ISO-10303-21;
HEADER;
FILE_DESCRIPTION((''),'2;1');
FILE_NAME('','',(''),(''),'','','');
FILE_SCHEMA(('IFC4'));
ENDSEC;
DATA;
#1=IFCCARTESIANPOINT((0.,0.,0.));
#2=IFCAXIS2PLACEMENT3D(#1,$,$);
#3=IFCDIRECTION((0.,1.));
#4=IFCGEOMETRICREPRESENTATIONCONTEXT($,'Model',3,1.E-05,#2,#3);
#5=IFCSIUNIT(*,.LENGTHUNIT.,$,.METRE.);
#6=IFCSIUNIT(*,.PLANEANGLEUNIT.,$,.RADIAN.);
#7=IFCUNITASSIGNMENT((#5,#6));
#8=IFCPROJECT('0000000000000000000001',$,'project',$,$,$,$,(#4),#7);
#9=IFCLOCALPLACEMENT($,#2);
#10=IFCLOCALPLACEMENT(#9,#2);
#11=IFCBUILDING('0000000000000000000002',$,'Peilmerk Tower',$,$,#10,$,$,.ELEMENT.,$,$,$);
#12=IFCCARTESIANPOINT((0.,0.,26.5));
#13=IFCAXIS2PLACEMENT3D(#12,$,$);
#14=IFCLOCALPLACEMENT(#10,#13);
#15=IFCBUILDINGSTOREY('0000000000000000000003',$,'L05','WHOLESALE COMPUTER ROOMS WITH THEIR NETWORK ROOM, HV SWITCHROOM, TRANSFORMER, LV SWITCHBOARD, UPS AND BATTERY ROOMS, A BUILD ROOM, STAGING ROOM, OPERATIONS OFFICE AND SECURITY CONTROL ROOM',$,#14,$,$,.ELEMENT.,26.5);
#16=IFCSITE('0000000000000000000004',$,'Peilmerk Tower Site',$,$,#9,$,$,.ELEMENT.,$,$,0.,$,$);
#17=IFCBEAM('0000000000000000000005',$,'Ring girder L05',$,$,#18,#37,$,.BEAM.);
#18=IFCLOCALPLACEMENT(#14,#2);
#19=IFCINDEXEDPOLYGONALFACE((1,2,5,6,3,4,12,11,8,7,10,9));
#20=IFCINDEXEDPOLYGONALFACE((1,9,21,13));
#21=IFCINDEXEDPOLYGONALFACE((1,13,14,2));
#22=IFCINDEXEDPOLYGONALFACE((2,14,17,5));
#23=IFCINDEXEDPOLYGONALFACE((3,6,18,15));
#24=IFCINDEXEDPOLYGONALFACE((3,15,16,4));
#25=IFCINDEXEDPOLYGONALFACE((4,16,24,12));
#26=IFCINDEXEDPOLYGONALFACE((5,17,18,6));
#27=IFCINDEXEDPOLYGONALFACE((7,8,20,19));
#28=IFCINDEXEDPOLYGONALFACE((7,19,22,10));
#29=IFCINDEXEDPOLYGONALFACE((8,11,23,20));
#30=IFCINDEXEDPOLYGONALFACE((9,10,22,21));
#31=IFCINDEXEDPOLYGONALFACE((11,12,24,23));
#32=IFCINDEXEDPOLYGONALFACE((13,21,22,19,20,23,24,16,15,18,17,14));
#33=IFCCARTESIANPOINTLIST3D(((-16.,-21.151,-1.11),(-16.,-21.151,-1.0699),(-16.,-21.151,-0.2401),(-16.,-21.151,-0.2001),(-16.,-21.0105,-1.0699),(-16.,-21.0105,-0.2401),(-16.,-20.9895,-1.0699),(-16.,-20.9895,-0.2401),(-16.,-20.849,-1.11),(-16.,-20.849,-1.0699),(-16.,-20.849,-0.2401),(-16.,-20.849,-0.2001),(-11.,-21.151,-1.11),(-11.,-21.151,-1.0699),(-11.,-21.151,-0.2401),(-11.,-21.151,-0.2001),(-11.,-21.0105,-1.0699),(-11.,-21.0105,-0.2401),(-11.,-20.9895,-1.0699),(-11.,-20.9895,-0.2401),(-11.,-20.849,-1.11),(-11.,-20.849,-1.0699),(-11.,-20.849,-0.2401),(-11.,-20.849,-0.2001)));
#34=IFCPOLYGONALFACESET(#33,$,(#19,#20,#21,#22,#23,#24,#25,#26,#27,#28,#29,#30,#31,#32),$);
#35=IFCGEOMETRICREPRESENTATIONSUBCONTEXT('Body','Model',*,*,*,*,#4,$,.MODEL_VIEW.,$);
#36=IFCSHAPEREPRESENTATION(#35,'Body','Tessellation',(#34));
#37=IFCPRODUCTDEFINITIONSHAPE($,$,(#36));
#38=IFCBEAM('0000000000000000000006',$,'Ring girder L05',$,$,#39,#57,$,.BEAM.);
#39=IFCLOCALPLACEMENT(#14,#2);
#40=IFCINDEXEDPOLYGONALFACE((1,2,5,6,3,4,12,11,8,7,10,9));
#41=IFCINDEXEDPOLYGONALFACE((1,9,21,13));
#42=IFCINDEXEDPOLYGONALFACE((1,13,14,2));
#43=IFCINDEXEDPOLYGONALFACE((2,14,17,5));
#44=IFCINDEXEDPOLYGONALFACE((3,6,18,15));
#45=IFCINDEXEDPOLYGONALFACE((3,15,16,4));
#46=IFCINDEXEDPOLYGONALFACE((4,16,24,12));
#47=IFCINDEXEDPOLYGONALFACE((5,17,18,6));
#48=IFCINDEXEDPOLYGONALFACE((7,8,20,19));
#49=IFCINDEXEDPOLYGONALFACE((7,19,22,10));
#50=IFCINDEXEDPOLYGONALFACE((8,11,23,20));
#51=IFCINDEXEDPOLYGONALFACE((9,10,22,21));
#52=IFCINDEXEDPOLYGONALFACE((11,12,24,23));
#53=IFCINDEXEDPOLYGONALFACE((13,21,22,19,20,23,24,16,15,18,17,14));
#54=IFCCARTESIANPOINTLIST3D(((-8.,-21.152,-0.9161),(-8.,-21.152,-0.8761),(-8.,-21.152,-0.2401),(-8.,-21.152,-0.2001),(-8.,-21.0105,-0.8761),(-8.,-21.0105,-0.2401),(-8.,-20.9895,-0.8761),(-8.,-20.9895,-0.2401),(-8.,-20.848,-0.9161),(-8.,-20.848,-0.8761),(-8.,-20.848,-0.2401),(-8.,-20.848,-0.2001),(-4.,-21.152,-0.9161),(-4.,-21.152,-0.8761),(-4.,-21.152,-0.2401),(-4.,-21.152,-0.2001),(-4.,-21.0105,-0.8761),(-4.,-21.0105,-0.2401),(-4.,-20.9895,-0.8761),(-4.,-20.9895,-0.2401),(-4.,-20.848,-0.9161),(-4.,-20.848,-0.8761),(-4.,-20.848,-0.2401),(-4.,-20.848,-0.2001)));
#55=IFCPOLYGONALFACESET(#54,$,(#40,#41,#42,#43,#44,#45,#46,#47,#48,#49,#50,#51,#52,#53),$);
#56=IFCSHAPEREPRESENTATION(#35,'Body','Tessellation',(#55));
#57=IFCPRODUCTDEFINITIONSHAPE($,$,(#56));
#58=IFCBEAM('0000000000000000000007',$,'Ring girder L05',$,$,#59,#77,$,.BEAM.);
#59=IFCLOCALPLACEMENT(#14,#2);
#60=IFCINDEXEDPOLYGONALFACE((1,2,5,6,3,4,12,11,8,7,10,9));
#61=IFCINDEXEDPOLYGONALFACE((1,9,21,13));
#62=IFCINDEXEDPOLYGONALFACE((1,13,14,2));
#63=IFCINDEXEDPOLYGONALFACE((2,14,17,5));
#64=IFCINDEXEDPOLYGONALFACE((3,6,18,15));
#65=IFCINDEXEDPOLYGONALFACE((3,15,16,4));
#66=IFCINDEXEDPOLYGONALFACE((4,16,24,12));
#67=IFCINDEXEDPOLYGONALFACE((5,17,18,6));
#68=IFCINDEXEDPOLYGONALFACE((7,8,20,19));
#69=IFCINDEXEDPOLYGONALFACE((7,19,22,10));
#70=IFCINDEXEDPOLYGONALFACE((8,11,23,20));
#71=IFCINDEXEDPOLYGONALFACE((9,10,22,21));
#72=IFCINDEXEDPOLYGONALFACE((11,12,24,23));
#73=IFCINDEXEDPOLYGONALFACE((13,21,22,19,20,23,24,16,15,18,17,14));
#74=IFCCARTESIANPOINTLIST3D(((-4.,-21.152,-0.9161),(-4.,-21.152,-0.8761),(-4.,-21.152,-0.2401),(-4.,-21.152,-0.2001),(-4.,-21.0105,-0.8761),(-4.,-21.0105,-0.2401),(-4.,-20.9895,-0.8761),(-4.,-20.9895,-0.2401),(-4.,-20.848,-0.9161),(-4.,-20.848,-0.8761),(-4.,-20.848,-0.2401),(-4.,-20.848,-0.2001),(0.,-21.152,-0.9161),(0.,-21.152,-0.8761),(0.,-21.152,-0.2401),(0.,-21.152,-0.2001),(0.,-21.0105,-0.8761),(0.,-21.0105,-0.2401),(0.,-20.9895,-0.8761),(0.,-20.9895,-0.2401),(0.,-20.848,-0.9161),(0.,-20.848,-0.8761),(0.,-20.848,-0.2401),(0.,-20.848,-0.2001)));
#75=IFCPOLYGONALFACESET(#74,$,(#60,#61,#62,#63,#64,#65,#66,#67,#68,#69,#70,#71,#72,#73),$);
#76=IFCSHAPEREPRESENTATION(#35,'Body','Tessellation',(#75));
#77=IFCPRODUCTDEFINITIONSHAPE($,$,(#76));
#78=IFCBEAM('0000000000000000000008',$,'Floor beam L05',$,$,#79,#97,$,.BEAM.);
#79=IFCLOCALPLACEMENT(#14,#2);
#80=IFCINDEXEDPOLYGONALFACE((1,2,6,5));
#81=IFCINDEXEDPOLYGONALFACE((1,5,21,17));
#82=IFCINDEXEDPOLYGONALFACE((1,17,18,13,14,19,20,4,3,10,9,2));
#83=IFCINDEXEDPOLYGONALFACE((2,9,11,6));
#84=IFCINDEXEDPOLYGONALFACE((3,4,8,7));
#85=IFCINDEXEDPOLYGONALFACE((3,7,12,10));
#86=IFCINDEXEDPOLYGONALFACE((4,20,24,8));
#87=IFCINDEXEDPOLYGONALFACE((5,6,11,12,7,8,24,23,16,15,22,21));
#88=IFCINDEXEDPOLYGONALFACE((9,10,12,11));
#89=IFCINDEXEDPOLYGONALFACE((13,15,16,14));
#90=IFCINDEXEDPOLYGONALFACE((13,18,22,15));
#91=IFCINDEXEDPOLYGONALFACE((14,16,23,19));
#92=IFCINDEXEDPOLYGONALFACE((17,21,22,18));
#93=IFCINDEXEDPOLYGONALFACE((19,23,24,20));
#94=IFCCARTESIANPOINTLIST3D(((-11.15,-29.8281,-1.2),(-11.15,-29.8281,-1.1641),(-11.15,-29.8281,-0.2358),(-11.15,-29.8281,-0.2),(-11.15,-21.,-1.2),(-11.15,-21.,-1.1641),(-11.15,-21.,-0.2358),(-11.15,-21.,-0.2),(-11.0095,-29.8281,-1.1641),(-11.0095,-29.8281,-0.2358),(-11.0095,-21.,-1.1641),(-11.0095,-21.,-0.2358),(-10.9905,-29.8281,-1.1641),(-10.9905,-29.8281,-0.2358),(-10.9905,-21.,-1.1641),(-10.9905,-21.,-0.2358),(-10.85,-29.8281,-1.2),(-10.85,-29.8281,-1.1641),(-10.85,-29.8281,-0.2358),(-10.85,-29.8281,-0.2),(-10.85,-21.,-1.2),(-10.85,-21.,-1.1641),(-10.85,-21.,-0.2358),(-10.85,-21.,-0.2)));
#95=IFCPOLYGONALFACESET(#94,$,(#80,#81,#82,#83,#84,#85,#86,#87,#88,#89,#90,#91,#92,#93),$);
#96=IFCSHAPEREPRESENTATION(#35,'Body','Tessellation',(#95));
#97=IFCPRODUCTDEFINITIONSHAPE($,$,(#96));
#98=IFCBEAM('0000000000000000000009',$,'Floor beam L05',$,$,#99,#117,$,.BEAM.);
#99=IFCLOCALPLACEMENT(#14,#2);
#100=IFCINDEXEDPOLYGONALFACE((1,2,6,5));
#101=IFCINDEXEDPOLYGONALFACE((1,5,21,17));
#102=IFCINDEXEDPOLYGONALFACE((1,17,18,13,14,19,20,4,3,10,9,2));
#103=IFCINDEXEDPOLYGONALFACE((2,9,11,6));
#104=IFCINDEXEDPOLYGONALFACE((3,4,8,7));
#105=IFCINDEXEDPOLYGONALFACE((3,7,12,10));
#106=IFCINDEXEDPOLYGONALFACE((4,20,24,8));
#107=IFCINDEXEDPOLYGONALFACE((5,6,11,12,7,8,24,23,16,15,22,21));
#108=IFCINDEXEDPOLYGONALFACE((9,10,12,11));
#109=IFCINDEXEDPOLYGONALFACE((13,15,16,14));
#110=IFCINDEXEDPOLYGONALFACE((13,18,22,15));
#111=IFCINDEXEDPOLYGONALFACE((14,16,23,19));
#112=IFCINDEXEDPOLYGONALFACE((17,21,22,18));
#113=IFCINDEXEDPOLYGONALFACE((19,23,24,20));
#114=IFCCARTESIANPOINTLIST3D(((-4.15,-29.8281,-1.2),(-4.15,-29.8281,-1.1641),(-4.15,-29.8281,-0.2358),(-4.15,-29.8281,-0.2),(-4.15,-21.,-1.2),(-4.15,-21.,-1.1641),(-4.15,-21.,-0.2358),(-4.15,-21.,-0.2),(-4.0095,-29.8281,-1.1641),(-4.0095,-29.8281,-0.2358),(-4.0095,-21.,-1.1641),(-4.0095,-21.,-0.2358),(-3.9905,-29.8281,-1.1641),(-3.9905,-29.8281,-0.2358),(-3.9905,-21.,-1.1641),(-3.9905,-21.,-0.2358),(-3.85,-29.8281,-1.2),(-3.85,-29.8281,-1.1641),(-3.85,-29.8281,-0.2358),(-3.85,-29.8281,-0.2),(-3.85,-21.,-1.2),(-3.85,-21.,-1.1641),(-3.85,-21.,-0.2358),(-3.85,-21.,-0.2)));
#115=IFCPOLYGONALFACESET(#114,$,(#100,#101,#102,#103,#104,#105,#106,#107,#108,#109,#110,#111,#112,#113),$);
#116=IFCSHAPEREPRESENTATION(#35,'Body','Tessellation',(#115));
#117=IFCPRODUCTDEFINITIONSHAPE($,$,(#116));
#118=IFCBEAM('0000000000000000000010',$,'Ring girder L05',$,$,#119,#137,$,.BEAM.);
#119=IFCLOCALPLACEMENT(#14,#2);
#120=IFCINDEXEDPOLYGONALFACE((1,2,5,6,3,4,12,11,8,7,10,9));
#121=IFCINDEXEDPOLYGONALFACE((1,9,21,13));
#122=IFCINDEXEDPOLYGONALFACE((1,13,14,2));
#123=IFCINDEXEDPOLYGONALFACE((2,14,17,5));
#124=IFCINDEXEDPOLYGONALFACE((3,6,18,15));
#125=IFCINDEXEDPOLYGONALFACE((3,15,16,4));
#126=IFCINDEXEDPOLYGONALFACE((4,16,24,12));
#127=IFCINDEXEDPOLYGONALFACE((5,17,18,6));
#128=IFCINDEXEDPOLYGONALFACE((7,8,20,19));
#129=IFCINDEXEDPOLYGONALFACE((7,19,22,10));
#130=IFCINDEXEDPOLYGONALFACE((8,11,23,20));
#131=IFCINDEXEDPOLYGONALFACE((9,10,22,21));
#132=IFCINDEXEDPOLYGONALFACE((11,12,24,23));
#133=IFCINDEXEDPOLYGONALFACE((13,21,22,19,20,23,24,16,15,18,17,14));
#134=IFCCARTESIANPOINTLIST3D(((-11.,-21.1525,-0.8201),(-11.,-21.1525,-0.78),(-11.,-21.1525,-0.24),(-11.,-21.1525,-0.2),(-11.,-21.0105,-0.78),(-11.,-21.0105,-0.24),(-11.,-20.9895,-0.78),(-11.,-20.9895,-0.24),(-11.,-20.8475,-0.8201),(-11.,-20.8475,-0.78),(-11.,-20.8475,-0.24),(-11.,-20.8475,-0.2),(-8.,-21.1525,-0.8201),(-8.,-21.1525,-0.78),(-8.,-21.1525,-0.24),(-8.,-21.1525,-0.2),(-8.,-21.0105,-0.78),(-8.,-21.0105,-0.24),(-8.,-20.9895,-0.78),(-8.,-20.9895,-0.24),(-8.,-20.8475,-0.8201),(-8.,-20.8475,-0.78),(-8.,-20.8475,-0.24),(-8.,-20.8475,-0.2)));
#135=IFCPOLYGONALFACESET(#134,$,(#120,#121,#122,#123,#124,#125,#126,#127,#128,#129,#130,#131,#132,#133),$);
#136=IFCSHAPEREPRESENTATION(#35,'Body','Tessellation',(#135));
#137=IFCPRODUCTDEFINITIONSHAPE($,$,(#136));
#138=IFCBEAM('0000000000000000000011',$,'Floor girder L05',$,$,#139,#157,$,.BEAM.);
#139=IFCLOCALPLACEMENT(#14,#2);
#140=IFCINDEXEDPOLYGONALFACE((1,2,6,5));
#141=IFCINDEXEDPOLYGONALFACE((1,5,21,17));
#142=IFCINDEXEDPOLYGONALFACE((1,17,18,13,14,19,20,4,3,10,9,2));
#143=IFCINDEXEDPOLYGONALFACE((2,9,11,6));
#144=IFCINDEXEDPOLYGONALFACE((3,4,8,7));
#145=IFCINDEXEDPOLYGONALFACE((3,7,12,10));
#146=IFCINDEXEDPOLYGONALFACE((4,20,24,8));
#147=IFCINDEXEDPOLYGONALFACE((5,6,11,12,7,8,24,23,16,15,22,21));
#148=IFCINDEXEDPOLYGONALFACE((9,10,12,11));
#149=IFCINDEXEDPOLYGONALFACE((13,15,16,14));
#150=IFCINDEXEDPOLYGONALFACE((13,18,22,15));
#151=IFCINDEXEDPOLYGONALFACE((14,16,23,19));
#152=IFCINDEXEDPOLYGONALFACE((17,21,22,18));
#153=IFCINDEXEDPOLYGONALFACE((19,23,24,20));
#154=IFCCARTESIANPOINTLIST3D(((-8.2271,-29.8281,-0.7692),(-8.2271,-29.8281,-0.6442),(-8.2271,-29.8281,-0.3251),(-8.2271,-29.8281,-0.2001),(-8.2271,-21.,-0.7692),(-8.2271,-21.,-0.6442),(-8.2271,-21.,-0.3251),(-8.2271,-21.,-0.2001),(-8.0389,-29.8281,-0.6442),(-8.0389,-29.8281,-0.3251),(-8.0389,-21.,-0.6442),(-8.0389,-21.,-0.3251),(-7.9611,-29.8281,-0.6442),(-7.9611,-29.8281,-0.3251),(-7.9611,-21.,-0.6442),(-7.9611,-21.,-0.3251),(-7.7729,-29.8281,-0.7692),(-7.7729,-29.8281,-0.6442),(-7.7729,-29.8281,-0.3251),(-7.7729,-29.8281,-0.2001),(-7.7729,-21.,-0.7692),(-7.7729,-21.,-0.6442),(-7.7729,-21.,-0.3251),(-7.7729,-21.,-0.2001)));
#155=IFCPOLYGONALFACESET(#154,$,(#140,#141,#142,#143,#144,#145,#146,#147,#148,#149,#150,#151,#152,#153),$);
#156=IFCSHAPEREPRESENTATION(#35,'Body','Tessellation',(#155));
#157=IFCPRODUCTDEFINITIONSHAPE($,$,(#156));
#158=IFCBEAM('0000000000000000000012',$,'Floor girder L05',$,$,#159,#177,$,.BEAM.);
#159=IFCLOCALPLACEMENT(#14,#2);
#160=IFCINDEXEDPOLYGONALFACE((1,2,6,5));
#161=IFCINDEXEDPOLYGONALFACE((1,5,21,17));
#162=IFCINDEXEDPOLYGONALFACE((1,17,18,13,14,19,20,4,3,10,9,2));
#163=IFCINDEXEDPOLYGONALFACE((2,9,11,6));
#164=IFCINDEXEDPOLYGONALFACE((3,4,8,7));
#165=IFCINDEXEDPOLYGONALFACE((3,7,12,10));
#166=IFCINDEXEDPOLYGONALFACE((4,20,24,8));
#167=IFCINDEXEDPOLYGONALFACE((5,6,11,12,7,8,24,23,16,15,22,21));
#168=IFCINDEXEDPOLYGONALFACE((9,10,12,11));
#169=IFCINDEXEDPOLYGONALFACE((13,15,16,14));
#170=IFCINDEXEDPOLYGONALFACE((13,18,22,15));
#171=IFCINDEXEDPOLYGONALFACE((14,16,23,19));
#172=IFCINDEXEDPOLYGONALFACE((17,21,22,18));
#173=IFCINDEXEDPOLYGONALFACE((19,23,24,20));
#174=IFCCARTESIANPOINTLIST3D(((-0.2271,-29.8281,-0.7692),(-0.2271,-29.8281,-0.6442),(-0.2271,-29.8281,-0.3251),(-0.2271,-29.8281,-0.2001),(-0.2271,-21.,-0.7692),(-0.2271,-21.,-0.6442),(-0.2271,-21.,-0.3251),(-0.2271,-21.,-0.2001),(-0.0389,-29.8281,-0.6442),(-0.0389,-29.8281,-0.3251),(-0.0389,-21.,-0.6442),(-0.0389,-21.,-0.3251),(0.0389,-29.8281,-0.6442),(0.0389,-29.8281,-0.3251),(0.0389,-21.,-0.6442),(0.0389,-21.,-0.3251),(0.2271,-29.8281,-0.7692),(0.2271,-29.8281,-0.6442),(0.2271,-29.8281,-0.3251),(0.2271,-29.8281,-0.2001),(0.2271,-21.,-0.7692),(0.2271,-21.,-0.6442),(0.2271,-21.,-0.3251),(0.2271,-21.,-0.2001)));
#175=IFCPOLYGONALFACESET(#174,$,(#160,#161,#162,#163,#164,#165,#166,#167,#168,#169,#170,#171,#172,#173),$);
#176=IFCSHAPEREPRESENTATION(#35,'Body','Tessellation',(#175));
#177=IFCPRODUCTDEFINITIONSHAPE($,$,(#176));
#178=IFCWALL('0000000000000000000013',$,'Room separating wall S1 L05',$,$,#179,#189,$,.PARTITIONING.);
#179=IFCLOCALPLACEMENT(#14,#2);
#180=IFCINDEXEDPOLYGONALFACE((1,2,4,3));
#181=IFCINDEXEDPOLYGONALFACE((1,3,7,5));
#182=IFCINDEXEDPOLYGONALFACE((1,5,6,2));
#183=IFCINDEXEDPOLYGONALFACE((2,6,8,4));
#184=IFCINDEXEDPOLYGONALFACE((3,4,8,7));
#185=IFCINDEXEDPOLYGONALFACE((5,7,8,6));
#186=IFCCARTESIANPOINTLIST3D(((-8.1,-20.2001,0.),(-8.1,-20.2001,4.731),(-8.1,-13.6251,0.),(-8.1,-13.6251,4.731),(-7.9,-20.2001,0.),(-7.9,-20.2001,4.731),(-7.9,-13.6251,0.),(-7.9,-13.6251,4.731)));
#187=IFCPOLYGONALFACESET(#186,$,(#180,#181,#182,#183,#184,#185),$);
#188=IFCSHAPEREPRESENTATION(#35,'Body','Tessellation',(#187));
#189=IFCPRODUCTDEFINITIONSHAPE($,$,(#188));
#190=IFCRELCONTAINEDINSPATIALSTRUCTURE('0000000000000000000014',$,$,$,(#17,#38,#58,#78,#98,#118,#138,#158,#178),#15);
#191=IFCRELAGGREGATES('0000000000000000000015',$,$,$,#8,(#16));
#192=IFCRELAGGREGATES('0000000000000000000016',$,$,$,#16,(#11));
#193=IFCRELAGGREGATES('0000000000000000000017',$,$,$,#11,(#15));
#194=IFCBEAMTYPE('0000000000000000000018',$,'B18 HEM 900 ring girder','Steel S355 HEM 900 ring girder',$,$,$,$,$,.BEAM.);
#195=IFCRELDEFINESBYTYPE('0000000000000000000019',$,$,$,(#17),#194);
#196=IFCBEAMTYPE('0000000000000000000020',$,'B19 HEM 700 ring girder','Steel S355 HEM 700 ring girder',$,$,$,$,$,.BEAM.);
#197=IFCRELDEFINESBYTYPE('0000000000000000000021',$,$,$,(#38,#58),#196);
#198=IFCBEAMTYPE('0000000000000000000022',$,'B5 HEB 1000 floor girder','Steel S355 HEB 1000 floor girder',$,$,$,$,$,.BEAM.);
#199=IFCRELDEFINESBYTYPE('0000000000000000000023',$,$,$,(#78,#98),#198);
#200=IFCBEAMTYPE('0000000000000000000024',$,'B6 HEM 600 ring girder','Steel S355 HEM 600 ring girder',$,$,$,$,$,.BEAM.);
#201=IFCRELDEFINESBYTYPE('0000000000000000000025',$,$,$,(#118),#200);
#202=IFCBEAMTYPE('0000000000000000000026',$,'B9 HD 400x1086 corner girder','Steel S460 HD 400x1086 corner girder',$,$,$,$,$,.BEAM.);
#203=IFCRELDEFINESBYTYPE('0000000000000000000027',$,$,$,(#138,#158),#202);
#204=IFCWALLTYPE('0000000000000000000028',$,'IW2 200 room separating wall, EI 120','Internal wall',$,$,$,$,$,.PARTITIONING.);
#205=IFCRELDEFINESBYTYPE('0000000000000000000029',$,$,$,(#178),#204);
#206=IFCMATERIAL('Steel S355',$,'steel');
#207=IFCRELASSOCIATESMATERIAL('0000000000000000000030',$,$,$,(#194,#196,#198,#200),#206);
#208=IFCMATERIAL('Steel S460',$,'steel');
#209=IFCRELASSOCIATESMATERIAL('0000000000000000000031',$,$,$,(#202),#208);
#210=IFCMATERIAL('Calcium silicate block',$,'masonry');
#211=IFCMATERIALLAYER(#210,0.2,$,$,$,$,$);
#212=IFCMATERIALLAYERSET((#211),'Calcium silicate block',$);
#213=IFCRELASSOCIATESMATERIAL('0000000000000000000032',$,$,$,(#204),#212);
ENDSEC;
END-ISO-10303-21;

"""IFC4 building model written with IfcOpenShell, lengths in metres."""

from ifc_helpers import new_model, si_unit, direction, frame, frame_2d, origin, origin_2d, place, context, subcontext, project, spatial, rectangle, i_section, extrude, material, layer, layer_set, material_profile, profile_set, type_object, element, save


model = new_model("IFC4")

# Units and contexts
model_context = context("Model", 3, precision=1e-05, world=origin(), true_north=direction((0.0, 1.0)))
body_context = subcontext(model_context, "Body", "Model", "MODEL_VIEW")
ifc_project = project(units=[si_unit("LENGTHUNIT", "METRE"), si_unit("PLANEANGLEUNIT", "RADIAN")], contexts=[model_context])

# Site, building, storey
site_placement = place(None, origin())
site = spatial("IfcSite", under=ifc_project, at=site_placement, Name="Peilmerk Tower Site", CompositionType="ELEMENT", RefElevation=0.0)
building_placement = place(site_placement, origin())
building = spatial("IfcBuilding", under=site, at=building_placement, Name="Peilmerk Tower", CompositionType="ELEMENT")
storey_placement = place(building_placement, frame((0.0, 0.0, 26.5)))
storey = spatial("IfcBuildingStorey", under=building, at=storey_placement, Name="L05", Description="WHOLESALE COMPUTER ROOMS WITH THEIR NETWORK ROOM, HV SWITCHROOM, TRANSFORMER, LV SWITCHBOARD, UPS AND BATTERY ROOMS, A BUILD ROOM, STAGING ROOM, OPERATIONS OFFICE AND SECURITY CONTROL ROOM", CompositionType="ELEMENT", Elevation=26.5)

# Beams
ifc_material_1 = material(Name="Steel S355", Category="steel")
ifc_material_profile_1 = material_profile(ifc_material_1, i_section(OverallWidth=0.302, OverallDepth=0.9099, WebThickness=0.021, FlangeThickness=0.04, at=origin_2d()), Name="HEM 900")
ifc_profile_set_1 = profile_set([ifc_material_profile_1], Name="Steel S355")
beam_type_1 = type_object("IfcBeamType", Name="B18 HEM 900 ring girder", Description="Steel S355 HEM 900 ring girder", PredefinedType="BEAM", material=ifc_profile_set_1)
beam_1_placement = place(storey_placement, frame((-16.0, -21.0, -0.655), z_axis=(1.0, 0.0, 0.0), x_axis=(0.0, 1.0, 0.0)))
element("IfcBeam", 1, at=beam_1_placement, inside=storey, type_object=beam_type_1, Name="Ring girder L05", PredefinedType="BEAM", context=body_context, shape_type="SweptSolid", body=[
    extrude(i_section(OverallWidth=0.302, OverallDepth=0.9099, WebThickness=0.021, FlangeThickness=0.04, at=origin_2d()), origin(), (0.0, 0.0, 1.0), 5.0),
])
ifc_material_profile_2 = material_profile(ifc_material_1, i_section(OverallWidth=0.304, OverallDepth=0.7161, WebThickness=0.021, FlangeThickness=0.04, at=origin_2d()), Name="HEM 700")
ifc_profile_set_2 = profile_set([ifc_material_profile_2], Name="Steel S355")
beam_type_2 = type_object("IfcBeamType", Name="B19 HEM 700 ring girder", Description="Steel S355 HEM 700 ring girder", PredefinedType="BEAM", material=ifc_profile_set_2)
for number, where, z_axis, x_axis, name in (
    (2, (-8.0, -21.0, -0.5581), (1.0, 0.0, 0.0), (0.0, 1.0, 0.0), "Ring girder L05"),
    (3, (-4.0, -21.0, -0.5581), (1.0, 0.0, 0.0), (0.0, 1.0, 0.0), "Ring girder L05"),
):
    element("IfcBeam", number, at=place(storey_placement, frame(where, z_axis=z_axis, x_axis=x_axis)), inside=storey, type_object=beam_type_2, Name=name, PredefinedType="BEAM", context=body_context, shape_type="SweptSolid", body=[
        extrude(i_section(OverallWidth=0.304, OverallDepth=0.7161, WebThickness=0.021, FlangeThickness=0.04, at=origin_2d()), origin(), (0.0, 0.0, 1.0), 4.0),
    ])
ifc_material_profile_3 = material_profile(ifc_material_1, i_section(OverallWidth=0.3, OverallDepth=1.0, WebThickness=0.019, FlangeThickness=0.0359, at=origin_2d()), Name="HEB 1000")
ifc_profile_set_3 = profile_set([ifc_material_profile_3], Name="Steel S355")
beam_type_3 = type_object("IfcBeamType", Name="B5 HEB 1000 floor girder", Description="Steel S355 HEB 1000 floor girder", PredefinedType="BEAM", material=ifc_profile_set_3)
for number, where, z_axis, x_axis, name in (
    (4, (-11.0, -21.0, -0.7), (0.0, -1.0, 0.0), (1.0, 0.0, 0.0), "Floor beam L05"),
    (5, (-4.0, -21.0, -0.7), (0.0, -1.0, 0.0), (1.0, 0.0, 0.0), "Floor beam L05"),
):
    element("IfcBeam", number, at=place(storey_placement, frame(where, z_axis=z_axis, x_axis=x_axis)), inside=storey, type_object=beam_type_3, Name=name, PredefinedType="BEAM", context=body_context, shape_type="SweptSolid", body=[
        extrude(i_section(OverallWidth=0.3, OverallDepth=1.0, WebThickness=0.019, FlangeThickness=0.0359, at=origin_2d()), origin(), (0.0, 0.0, 1.0), 8.8281),
    ])
ifc_material_profile_4 = material_profile(ifc_material_1, i_section(OverallWidth=0.3049, OverallDepth=0.6201, WebThickness=0.021, FlangeThickness=0.04, at=origin_2d()), Name="HEM 600")
ifc_profile_set_4 = profile_set([ifc_material_profile_4], Name="Steel S355")
beam_type_4 = type_object("IfcBeamType", Name="B6 HEM 600 ring girder", Description="Steel S355 HEM 600 ring girder", PredefinedType="BEAM", material=ifc_profile_set_4)
beam_2_placement = place(storey_placement, frame((-11.0, -21.0, -0.51), z_axis=(1.0, 0.0, 0.0), x_axis=(0.0, 1.0, 0.0)))
element("IfcBeam", 6, at=beam_2_placement, inside=storey, type_object=beam_type_4, Name="Ring girder L05", PredefinedType="BEAM", context=body_context, shape_type="SweptSolid", body=[
    extrude(i_section(OverallWidth=0.3049, OverallDepth=0.6201, WebThickness=0.021, FlangeThickness=0.04, at=origin_2d()), origin(), (0.0, 0.0, 1.0), 3.0),
])
ifc_material_2 = material(Name="Steel S460", Category="steel")
ifc_material_profile_5 = material_profile(ifc_material_2, i_section(OverallWidth=0.4541, OverallDepth=0.5691, WebThickness=0.0779, FlangeThickness=0.125, at=origin_2d()), Name="HD 400x1086")
ifc_profile_set_5 = profile_set([ifc_material_profile_5], Name="Steel S460")
beam_type_5 = type_object("IfcBeamType", Name="B9 HD 400x1086 corner girder", Description="Steel S460 HD 400x1086 corner girder", PredefinedType="BEAM", material=ifc_profile_set_5)
for number, where, z_axis, x_axis, name in (
    (7, (-8.0, -21.0, -0.4846), (0.0, -1.0, 0.0), (1.0, 0.0, 0.0), "Floor girder L05"),
    (8, (0.0, -21.0, -0.4846), (0.0, -1.0, 0.0), (1.0, 0.0, 0.0), "Floor girder L05"),
):
    element("IfcBeam", number, at=place(storey_placement, frame(where, z_axis=z_axis, x_axis=x_axis)), inside=storey, type_object=beam_type_5, Name=name, PredefinedType="BEAM", context=body_context, shape_type="SweptSolid", body=[
        extrude(i_section(OverallWidth=0.4541, OverallDepth=0.5691, WebThickness=0.0779, FlangeThickness=0.125, at=origin_2d()), origin(), (0.0, 0.0, 1.0), 8.8281),
    ])

# Wall
ifc_material_3 = material(Name="Calcium silicate block", Category="masonry")
ifc_layer = layer(ifc_material_3, 0.2)
ifc_layer_set = layer_set([ifc_layer], Name="Calcium silicate block")
wall_type = type_object("IfcWallType", Name="IW2 200 room separating wall, EI 120", Description="Internal wall", PredefinedType="PARTITIONING", material=ifc_layer_set)
wall_1_placement = place(storey_placement, frame((-8.0, -13.625, 0.0), z_axis=(0.0, 0.0, 1.0), x_axis=(0.0, -1.0, 0.0)))
element("IfcWall", 9, at=wall_1_placement, inside=storey, type_object=wall_type, Name="Room separating wall S1 L05", PredefinedType="PARTITIONING", context=body_context, shape_type="SweptSolid", body=[
    extrude(rectangle(XDim=6.575, YDim=0.2, at=frame_2d((3.2876, 0.0))), origin(), (0.0, 0.0, 1.0), 4.731),
])

save(model, "model.ifc")
